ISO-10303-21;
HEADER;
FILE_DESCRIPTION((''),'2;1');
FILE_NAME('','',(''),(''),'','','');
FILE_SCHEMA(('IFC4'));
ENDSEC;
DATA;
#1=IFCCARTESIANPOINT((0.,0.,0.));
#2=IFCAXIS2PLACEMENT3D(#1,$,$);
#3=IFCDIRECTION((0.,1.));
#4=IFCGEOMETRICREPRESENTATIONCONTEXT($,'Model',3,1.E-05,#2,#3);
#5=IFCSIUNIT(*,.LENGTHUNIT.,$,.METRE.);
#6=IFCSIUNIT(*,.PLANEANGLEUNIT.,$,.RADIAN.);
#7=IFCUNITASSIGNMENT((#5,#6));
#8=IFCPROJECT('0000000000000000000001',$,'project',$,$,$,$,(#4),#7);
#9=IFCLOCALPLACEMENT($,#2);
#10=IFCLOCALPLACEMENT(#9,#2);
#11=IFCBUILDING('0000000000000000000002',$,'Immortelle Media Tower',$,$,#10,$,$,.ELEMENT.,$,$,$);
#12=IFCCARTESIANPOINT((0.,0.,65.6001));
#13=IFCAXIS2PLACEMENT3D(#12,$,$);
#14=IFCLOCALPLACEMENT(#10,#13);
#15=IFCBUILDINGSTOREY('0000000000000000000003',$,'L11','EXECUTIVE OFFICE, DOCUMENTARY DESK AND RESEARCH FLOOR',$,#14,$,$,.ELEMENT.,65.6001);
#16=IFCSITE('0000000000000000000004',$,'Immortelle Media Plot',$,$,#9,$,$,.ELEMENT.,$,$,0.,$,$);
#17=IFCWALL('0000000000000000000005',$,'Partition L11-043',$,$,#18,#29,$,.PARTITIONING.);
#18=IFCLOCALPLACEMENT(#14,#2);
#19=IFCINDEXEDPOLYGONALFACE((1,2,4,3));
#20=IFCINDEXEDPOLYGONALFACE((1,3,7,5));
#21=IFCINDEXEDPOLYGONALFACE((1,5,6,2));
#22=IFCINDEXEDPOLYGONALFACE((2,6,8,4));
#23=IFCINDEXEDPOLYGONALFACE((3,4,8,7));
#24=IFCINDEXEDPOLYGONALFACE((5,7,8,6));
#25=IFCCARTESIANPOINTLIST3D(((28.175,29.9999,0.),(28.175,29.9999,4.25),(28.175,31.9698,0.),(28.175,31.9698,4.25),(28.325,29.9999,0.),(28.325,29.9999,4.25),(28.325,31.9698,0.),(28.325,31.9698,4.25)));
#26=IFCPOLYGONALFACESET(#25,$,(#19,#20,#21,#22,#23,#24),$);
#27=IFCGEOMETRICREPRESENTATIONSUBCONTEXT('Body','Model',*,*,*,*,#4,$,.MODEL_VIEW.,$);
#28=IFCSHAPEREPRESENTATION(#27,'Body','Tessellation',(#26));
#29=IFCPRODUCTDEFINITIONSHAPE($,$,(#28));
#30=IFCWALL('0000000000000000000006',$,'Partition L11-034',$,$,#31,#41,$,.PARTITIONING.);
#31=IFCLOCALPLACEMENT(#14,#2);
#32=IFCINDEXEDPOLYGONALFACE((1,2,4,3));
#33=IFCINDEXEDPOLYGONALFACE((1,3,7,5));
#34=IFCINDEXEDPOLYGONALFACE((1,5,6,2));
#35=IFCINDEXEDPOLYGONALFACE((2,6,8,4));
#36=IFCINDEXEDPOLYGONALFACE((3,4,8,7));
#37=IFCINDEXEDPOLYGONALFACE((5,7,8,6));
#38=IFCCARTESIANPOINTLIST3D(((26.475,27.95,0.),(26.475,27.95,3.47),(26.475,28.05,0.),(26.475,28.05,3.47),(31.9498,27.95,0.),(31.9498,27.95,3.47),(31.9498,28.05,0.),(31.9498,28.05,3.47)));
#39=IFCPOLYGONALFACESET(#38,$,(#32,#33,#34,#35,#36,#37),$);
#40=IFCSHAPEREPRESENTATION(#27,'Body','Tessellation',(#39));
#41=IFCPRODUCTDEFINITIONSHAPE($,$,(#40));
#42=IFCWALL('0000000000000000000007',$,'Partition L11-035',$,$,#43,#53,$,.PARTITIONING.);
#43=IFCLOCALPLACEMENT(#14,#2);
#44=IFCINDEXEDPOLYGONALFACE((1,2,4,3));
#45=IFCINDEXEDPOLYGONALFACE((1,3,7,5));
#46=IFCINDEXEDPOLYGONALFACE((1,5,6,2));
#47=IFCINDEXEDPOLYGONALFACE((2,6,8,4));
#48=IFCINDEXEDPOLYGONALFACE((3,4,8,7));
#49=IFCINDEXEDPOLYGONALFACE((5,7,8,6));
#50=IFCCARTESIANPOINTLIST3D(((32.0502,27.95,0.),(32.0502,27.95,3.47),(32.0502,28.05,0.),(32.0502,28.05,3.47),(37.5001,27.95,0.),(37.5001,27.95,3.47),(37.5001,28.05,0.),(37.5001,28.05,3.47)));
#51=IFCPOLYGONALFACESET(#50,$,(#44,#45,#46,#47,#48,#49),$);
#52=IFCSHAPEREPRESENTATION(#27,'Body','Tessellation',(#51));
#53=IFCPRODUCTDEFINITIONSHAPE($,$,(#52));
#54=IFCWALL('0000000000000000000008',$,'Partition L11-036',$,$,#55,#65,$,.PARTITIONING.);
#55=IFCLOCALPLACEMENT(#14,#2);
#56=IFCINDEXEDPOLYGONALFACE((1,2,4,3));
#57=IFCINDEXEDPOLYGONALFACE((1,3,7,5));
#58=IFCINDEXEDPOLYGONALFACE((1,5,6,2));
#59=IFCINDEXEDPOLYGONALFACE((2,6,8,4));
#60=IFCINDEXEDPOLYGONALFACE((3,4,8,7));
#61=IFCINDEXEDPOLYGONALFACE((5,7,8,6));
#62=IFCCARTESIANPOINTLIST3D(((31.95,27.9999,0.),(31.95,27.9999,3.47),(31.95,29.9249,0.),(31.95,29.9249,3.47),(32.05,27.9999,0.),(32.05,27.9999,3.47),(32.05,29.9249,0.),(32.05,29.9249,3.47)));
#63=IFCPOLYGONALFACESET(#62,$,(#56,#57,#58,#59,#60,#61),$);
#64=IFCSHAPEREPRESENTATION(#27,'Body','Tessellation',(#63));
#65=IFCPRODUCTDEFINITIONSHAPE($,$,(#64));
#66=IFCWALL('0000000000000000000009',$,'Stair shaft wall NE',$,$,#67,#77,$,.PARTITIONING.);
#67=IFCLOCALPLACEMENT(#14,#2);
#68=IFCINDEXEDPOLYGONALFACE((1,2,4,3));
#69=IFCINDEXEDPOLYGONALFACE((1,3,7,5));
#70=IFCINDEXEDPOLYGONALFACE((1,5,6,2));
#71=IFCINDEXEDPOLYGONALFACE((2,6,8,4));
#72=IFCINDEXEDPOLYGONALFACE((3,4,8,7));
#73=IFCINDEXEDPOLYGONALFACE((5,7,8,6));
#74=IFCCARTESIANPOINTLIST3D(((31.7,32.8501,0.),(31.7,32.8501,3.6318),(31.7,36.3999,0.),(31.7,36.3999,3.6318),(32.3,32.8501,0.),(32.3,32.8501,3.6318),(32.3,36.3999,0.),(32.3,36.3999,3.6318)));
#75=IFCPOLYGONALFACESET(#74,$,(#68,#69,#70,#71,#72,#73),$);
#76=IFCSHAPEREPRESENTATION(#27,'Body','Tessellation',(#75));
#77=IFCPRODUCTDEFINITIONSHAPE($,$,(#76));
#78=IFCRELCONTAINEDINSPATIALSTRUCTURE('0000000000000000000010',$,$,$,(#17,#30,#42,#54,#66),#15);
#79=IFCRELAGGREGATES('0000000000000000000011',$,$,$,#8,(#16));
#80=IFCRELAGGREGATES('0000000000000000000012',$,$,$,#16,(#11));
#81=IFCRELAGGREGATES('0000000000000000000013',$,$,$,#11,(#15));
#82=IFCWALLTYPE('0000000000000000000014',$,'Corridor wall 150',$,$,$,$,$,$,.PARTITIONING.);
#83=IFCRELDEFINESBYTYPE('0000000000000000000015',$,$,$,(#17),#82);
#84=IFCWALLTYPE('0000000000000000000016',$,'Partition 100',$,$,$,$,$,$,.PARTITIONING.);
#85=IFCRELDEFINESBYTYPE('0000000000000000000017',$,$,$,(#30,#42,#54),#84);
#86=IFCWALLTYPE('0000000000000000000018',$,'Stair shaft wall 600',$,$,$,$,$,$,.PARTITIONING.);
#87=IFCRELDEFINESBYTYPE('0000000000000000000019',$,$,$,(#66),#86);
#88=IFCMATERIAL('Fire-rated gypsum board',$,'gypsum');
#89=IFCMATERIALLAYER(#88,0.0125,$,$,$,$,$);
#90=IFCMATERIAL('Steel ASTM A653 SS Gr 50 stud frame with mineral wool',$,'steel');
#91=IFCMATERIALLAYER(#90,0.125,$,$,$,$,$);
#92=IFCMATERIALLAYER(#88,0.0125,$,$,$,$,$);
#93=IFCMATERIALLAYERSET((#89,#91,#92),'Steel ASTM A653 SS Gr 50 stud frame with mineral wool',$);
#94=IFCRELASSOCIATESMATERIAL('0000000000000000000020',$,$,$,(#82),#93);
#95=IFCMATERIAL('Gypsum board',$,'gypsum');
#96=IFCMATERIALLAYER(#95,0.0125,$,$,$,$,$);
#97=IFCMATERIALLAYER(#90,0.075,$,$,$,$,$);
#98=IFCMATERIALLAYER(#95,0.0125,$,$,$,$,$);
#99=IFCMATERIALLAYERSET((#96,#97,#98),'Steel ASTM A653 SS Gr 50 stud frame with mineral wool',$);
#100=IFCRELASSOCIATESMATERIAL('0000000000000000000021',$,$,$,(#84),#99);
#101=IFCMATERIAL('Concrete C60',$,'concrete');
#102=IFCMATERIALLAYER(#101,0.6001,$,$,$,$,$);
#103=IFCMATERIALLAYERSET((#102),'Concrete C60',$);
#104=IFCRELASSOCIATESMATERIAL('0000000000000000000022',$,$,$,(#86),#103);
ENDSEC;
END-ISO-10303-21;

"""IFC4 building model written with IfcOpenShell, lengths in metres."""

from ifc_helpers import new_model, si_unit, direction, frame, frame_2d, origin, place, context, subcontext, project, spatial, rectangle, extrude, material, layer, layer_set, type_object, element, save


model = new_model("IFC4")

# Units and contexts
model_context = context("Model", 3, precision=1e-05, world=origin(), true_north=direction((0.0, 1.0)))
body_context = subcontext(model_context, "Body", "Model", "MODEL_VIEW")
ifc_project = project(units=[si_unit("LENGTHUNIT", "METRE"), si_unit("PLANEANGLEUNIT", "RADIAN")], contexts=[model_context])

# Site, building, storey
site_placement = place(None, origin())
site = spatial("IfcSite", under=ifc_project, at=site_placement, Name="Immortelle Media Plot", CompositionType="ELEMENT", RefElevation=0.0)
building_placement = place(site_placement, origin())
building = spatial("IfcBuilding", under=site, at=building_placement, Name="Immortelle Media Tower", CompositionType="ELEMENT")
storey_placement = place(building_placement, frame((0.0, 0.0, 65.6001)))
storey = spatial("IfcBuildingStorey", under=building, at=storey_placement, Name="L11", Description="EXECUTIVE OFFICE, DOCUMENTARY DESK AND RESEARCH FLOOR", CompositionType="ELEMENT", Elevation=65.6001)

# Shared definitions
ifc_material_1 = material(Name="Fire-rated gypsum board", Category="gypsum")
ifc_material_2 = material(Name="Steel ASTM A653 SS Gr 50 stud frame with mineral wool", Category="steel")

# Shared definitions
ifc_layer_1 = layer(ifc_material_1, 0.0125)
ifc_layer_2 = layer(ifc_material_2, 0.125)
ifc_layer_3 = layer(ifc_material_1, 0.0125)
ifc_layer_set_1 = layer_set([ifc_layer_1, ifc_layer_2, ifc_layer_3], Name="Steel ASTM A653 SS Gr 50 stud frame with mineral wool")
wall_type_1 = type_object("IfcWallType", Name="Corridor wall 150", PredefinedType="PARTITIONING", material=ifc_layer_set_1)

# Walls
wall_1_placement = place(storey_placement, frame((28.25, 30.0, 0.0), z_axis=(0.0, 0.0, 1.0), x_axis=(0.0, 1.0, 0.0)))
element("IfcWall", 1, at=wall_1_placement, inside=storey, type_object=wall_type_1, Name="Partition L11-043", PredefinedType="PARTITIONING", context=body_context, shape_type="SweptSolid", body=[
    extrude(rectangle(XDim=1.97, YDim=0.1499, at=frame_2d((0.9849, 0.0))), origin(), (0.0, 0.0, 1.0), 4.25),
])
ifc_material_3 = material(Name="Gypsum board", Category="gypsum")
ifc_layer_4 = layer(ifc_material_3, 0.0125)
ifc_layer_5 = layer(ifc_material_2, 0.075)
ifc_layer_6 = layer(ifc_material_3, 0.0125)
ifc_layer_set_2 = layer_set([ifc_layer_4, ifc_layer_5, ifc_layer_6], Name="Steel ASTM A653 SS Gr 50 stud frame with mineral wool")
wall_type_2 = type_object("IfcWallType", Name="Partition 100", PredefinedType="PARTITIONING", material=ifc_layer_set_2)
wall_2_placement = place(storey_placement, frame((26.4751, 28.0, 0.0), z_axis=(0.0, 0.0, 1.0), x_axis=(1.0, 0.0, 0.0)))
element("IfcWall", 2, at=wall_2_placement, inside=storey, type_object=wall_type_2, Name="Partition L11-034", PredefinedType="PARTITIONING", context=body_context, shape_type="SweptSolid", body=[
    extrude(rectangle(XDim=5.4749, YDim=0.1001, at=frame_2d((2.7373, 0.0))), origin(), (0.0, 0.0, 1.0), 3.47),
])
wall_3_placement = place(storey_placement, frame((32.05, 28.0, 0.0), z_axis=(0.0, 0.0, 1.0), x_axis=(1.0, 0.0, 0.0)))
element("IfcWall", 3, at=wall_3_placement, inside=storey, type_object=wall_type_2, Name="Partition L11-035", PredefinedType="PARTITIONING", context=body_context, shape_type="SweptSolid", body=[
    extrude(rectangle(XDim=5.45, YDim=0.1001, at=frame_2d((2.7251, 0.0))), origin(), (0.0, 0.0, 1.0), 3.47),
])
wall_4_placement = place(storey_placement, frame((32.0, 28.0, 0.0), z_axis=(0.0, 0.0, 1.0), x_axis=(0.0, 1.0, 0.0)))
element("IfcWall", 4, at=wall_4_placement, inside=storey, type_object=wall_type_2, Name="Partition L11-036", PredefinedType="PARTITIONING", context=body_context, shape_type="SweptSolid", body=[
    extrude(rectangle(XDim=1.925, YDim=0.1001, at=frame_2d((0.9624, 0.0))), origin(), (0.0, 0.0, 1.0), 3.47),
])
ifc_material_4 = material(Name="Concrete C60", Category="concrete")
ifc_layer_7 = layer(ifc_material_4, 0.6001)
ifc_layer_set_3 = layer_set([ifc_layer_7], Name="Concrete C60")
wall_type_3 = type_object("IfcWallType", Name="Stair shaft wall 600", PredefinedType="PARTITIONING", material=ifc_layer_set_3)
wall_5_placement = place(storey_placement, frame((32.0, 32.8501, 0.0), z_axis=(0.0, 0.0, 1.0), x_axis=(0.0, 1.0, 0.0)))
element("IfcWall", 5, at=wall_5_placement, inside=storey, type_object=wall_type_3, Name="Stair shaft wall NE", PredefinedType="PARTITIONING", context=body_context, shape_type="SweptSolid", body=[
    extrude(rectangle(XDim=3.5498, YDim=0.6001, at=frame_2d((1.7749, 0.0))), origin(), (0.0, 0.0, 1.0), 3.6318),
])

save(model, "model.ifc")
